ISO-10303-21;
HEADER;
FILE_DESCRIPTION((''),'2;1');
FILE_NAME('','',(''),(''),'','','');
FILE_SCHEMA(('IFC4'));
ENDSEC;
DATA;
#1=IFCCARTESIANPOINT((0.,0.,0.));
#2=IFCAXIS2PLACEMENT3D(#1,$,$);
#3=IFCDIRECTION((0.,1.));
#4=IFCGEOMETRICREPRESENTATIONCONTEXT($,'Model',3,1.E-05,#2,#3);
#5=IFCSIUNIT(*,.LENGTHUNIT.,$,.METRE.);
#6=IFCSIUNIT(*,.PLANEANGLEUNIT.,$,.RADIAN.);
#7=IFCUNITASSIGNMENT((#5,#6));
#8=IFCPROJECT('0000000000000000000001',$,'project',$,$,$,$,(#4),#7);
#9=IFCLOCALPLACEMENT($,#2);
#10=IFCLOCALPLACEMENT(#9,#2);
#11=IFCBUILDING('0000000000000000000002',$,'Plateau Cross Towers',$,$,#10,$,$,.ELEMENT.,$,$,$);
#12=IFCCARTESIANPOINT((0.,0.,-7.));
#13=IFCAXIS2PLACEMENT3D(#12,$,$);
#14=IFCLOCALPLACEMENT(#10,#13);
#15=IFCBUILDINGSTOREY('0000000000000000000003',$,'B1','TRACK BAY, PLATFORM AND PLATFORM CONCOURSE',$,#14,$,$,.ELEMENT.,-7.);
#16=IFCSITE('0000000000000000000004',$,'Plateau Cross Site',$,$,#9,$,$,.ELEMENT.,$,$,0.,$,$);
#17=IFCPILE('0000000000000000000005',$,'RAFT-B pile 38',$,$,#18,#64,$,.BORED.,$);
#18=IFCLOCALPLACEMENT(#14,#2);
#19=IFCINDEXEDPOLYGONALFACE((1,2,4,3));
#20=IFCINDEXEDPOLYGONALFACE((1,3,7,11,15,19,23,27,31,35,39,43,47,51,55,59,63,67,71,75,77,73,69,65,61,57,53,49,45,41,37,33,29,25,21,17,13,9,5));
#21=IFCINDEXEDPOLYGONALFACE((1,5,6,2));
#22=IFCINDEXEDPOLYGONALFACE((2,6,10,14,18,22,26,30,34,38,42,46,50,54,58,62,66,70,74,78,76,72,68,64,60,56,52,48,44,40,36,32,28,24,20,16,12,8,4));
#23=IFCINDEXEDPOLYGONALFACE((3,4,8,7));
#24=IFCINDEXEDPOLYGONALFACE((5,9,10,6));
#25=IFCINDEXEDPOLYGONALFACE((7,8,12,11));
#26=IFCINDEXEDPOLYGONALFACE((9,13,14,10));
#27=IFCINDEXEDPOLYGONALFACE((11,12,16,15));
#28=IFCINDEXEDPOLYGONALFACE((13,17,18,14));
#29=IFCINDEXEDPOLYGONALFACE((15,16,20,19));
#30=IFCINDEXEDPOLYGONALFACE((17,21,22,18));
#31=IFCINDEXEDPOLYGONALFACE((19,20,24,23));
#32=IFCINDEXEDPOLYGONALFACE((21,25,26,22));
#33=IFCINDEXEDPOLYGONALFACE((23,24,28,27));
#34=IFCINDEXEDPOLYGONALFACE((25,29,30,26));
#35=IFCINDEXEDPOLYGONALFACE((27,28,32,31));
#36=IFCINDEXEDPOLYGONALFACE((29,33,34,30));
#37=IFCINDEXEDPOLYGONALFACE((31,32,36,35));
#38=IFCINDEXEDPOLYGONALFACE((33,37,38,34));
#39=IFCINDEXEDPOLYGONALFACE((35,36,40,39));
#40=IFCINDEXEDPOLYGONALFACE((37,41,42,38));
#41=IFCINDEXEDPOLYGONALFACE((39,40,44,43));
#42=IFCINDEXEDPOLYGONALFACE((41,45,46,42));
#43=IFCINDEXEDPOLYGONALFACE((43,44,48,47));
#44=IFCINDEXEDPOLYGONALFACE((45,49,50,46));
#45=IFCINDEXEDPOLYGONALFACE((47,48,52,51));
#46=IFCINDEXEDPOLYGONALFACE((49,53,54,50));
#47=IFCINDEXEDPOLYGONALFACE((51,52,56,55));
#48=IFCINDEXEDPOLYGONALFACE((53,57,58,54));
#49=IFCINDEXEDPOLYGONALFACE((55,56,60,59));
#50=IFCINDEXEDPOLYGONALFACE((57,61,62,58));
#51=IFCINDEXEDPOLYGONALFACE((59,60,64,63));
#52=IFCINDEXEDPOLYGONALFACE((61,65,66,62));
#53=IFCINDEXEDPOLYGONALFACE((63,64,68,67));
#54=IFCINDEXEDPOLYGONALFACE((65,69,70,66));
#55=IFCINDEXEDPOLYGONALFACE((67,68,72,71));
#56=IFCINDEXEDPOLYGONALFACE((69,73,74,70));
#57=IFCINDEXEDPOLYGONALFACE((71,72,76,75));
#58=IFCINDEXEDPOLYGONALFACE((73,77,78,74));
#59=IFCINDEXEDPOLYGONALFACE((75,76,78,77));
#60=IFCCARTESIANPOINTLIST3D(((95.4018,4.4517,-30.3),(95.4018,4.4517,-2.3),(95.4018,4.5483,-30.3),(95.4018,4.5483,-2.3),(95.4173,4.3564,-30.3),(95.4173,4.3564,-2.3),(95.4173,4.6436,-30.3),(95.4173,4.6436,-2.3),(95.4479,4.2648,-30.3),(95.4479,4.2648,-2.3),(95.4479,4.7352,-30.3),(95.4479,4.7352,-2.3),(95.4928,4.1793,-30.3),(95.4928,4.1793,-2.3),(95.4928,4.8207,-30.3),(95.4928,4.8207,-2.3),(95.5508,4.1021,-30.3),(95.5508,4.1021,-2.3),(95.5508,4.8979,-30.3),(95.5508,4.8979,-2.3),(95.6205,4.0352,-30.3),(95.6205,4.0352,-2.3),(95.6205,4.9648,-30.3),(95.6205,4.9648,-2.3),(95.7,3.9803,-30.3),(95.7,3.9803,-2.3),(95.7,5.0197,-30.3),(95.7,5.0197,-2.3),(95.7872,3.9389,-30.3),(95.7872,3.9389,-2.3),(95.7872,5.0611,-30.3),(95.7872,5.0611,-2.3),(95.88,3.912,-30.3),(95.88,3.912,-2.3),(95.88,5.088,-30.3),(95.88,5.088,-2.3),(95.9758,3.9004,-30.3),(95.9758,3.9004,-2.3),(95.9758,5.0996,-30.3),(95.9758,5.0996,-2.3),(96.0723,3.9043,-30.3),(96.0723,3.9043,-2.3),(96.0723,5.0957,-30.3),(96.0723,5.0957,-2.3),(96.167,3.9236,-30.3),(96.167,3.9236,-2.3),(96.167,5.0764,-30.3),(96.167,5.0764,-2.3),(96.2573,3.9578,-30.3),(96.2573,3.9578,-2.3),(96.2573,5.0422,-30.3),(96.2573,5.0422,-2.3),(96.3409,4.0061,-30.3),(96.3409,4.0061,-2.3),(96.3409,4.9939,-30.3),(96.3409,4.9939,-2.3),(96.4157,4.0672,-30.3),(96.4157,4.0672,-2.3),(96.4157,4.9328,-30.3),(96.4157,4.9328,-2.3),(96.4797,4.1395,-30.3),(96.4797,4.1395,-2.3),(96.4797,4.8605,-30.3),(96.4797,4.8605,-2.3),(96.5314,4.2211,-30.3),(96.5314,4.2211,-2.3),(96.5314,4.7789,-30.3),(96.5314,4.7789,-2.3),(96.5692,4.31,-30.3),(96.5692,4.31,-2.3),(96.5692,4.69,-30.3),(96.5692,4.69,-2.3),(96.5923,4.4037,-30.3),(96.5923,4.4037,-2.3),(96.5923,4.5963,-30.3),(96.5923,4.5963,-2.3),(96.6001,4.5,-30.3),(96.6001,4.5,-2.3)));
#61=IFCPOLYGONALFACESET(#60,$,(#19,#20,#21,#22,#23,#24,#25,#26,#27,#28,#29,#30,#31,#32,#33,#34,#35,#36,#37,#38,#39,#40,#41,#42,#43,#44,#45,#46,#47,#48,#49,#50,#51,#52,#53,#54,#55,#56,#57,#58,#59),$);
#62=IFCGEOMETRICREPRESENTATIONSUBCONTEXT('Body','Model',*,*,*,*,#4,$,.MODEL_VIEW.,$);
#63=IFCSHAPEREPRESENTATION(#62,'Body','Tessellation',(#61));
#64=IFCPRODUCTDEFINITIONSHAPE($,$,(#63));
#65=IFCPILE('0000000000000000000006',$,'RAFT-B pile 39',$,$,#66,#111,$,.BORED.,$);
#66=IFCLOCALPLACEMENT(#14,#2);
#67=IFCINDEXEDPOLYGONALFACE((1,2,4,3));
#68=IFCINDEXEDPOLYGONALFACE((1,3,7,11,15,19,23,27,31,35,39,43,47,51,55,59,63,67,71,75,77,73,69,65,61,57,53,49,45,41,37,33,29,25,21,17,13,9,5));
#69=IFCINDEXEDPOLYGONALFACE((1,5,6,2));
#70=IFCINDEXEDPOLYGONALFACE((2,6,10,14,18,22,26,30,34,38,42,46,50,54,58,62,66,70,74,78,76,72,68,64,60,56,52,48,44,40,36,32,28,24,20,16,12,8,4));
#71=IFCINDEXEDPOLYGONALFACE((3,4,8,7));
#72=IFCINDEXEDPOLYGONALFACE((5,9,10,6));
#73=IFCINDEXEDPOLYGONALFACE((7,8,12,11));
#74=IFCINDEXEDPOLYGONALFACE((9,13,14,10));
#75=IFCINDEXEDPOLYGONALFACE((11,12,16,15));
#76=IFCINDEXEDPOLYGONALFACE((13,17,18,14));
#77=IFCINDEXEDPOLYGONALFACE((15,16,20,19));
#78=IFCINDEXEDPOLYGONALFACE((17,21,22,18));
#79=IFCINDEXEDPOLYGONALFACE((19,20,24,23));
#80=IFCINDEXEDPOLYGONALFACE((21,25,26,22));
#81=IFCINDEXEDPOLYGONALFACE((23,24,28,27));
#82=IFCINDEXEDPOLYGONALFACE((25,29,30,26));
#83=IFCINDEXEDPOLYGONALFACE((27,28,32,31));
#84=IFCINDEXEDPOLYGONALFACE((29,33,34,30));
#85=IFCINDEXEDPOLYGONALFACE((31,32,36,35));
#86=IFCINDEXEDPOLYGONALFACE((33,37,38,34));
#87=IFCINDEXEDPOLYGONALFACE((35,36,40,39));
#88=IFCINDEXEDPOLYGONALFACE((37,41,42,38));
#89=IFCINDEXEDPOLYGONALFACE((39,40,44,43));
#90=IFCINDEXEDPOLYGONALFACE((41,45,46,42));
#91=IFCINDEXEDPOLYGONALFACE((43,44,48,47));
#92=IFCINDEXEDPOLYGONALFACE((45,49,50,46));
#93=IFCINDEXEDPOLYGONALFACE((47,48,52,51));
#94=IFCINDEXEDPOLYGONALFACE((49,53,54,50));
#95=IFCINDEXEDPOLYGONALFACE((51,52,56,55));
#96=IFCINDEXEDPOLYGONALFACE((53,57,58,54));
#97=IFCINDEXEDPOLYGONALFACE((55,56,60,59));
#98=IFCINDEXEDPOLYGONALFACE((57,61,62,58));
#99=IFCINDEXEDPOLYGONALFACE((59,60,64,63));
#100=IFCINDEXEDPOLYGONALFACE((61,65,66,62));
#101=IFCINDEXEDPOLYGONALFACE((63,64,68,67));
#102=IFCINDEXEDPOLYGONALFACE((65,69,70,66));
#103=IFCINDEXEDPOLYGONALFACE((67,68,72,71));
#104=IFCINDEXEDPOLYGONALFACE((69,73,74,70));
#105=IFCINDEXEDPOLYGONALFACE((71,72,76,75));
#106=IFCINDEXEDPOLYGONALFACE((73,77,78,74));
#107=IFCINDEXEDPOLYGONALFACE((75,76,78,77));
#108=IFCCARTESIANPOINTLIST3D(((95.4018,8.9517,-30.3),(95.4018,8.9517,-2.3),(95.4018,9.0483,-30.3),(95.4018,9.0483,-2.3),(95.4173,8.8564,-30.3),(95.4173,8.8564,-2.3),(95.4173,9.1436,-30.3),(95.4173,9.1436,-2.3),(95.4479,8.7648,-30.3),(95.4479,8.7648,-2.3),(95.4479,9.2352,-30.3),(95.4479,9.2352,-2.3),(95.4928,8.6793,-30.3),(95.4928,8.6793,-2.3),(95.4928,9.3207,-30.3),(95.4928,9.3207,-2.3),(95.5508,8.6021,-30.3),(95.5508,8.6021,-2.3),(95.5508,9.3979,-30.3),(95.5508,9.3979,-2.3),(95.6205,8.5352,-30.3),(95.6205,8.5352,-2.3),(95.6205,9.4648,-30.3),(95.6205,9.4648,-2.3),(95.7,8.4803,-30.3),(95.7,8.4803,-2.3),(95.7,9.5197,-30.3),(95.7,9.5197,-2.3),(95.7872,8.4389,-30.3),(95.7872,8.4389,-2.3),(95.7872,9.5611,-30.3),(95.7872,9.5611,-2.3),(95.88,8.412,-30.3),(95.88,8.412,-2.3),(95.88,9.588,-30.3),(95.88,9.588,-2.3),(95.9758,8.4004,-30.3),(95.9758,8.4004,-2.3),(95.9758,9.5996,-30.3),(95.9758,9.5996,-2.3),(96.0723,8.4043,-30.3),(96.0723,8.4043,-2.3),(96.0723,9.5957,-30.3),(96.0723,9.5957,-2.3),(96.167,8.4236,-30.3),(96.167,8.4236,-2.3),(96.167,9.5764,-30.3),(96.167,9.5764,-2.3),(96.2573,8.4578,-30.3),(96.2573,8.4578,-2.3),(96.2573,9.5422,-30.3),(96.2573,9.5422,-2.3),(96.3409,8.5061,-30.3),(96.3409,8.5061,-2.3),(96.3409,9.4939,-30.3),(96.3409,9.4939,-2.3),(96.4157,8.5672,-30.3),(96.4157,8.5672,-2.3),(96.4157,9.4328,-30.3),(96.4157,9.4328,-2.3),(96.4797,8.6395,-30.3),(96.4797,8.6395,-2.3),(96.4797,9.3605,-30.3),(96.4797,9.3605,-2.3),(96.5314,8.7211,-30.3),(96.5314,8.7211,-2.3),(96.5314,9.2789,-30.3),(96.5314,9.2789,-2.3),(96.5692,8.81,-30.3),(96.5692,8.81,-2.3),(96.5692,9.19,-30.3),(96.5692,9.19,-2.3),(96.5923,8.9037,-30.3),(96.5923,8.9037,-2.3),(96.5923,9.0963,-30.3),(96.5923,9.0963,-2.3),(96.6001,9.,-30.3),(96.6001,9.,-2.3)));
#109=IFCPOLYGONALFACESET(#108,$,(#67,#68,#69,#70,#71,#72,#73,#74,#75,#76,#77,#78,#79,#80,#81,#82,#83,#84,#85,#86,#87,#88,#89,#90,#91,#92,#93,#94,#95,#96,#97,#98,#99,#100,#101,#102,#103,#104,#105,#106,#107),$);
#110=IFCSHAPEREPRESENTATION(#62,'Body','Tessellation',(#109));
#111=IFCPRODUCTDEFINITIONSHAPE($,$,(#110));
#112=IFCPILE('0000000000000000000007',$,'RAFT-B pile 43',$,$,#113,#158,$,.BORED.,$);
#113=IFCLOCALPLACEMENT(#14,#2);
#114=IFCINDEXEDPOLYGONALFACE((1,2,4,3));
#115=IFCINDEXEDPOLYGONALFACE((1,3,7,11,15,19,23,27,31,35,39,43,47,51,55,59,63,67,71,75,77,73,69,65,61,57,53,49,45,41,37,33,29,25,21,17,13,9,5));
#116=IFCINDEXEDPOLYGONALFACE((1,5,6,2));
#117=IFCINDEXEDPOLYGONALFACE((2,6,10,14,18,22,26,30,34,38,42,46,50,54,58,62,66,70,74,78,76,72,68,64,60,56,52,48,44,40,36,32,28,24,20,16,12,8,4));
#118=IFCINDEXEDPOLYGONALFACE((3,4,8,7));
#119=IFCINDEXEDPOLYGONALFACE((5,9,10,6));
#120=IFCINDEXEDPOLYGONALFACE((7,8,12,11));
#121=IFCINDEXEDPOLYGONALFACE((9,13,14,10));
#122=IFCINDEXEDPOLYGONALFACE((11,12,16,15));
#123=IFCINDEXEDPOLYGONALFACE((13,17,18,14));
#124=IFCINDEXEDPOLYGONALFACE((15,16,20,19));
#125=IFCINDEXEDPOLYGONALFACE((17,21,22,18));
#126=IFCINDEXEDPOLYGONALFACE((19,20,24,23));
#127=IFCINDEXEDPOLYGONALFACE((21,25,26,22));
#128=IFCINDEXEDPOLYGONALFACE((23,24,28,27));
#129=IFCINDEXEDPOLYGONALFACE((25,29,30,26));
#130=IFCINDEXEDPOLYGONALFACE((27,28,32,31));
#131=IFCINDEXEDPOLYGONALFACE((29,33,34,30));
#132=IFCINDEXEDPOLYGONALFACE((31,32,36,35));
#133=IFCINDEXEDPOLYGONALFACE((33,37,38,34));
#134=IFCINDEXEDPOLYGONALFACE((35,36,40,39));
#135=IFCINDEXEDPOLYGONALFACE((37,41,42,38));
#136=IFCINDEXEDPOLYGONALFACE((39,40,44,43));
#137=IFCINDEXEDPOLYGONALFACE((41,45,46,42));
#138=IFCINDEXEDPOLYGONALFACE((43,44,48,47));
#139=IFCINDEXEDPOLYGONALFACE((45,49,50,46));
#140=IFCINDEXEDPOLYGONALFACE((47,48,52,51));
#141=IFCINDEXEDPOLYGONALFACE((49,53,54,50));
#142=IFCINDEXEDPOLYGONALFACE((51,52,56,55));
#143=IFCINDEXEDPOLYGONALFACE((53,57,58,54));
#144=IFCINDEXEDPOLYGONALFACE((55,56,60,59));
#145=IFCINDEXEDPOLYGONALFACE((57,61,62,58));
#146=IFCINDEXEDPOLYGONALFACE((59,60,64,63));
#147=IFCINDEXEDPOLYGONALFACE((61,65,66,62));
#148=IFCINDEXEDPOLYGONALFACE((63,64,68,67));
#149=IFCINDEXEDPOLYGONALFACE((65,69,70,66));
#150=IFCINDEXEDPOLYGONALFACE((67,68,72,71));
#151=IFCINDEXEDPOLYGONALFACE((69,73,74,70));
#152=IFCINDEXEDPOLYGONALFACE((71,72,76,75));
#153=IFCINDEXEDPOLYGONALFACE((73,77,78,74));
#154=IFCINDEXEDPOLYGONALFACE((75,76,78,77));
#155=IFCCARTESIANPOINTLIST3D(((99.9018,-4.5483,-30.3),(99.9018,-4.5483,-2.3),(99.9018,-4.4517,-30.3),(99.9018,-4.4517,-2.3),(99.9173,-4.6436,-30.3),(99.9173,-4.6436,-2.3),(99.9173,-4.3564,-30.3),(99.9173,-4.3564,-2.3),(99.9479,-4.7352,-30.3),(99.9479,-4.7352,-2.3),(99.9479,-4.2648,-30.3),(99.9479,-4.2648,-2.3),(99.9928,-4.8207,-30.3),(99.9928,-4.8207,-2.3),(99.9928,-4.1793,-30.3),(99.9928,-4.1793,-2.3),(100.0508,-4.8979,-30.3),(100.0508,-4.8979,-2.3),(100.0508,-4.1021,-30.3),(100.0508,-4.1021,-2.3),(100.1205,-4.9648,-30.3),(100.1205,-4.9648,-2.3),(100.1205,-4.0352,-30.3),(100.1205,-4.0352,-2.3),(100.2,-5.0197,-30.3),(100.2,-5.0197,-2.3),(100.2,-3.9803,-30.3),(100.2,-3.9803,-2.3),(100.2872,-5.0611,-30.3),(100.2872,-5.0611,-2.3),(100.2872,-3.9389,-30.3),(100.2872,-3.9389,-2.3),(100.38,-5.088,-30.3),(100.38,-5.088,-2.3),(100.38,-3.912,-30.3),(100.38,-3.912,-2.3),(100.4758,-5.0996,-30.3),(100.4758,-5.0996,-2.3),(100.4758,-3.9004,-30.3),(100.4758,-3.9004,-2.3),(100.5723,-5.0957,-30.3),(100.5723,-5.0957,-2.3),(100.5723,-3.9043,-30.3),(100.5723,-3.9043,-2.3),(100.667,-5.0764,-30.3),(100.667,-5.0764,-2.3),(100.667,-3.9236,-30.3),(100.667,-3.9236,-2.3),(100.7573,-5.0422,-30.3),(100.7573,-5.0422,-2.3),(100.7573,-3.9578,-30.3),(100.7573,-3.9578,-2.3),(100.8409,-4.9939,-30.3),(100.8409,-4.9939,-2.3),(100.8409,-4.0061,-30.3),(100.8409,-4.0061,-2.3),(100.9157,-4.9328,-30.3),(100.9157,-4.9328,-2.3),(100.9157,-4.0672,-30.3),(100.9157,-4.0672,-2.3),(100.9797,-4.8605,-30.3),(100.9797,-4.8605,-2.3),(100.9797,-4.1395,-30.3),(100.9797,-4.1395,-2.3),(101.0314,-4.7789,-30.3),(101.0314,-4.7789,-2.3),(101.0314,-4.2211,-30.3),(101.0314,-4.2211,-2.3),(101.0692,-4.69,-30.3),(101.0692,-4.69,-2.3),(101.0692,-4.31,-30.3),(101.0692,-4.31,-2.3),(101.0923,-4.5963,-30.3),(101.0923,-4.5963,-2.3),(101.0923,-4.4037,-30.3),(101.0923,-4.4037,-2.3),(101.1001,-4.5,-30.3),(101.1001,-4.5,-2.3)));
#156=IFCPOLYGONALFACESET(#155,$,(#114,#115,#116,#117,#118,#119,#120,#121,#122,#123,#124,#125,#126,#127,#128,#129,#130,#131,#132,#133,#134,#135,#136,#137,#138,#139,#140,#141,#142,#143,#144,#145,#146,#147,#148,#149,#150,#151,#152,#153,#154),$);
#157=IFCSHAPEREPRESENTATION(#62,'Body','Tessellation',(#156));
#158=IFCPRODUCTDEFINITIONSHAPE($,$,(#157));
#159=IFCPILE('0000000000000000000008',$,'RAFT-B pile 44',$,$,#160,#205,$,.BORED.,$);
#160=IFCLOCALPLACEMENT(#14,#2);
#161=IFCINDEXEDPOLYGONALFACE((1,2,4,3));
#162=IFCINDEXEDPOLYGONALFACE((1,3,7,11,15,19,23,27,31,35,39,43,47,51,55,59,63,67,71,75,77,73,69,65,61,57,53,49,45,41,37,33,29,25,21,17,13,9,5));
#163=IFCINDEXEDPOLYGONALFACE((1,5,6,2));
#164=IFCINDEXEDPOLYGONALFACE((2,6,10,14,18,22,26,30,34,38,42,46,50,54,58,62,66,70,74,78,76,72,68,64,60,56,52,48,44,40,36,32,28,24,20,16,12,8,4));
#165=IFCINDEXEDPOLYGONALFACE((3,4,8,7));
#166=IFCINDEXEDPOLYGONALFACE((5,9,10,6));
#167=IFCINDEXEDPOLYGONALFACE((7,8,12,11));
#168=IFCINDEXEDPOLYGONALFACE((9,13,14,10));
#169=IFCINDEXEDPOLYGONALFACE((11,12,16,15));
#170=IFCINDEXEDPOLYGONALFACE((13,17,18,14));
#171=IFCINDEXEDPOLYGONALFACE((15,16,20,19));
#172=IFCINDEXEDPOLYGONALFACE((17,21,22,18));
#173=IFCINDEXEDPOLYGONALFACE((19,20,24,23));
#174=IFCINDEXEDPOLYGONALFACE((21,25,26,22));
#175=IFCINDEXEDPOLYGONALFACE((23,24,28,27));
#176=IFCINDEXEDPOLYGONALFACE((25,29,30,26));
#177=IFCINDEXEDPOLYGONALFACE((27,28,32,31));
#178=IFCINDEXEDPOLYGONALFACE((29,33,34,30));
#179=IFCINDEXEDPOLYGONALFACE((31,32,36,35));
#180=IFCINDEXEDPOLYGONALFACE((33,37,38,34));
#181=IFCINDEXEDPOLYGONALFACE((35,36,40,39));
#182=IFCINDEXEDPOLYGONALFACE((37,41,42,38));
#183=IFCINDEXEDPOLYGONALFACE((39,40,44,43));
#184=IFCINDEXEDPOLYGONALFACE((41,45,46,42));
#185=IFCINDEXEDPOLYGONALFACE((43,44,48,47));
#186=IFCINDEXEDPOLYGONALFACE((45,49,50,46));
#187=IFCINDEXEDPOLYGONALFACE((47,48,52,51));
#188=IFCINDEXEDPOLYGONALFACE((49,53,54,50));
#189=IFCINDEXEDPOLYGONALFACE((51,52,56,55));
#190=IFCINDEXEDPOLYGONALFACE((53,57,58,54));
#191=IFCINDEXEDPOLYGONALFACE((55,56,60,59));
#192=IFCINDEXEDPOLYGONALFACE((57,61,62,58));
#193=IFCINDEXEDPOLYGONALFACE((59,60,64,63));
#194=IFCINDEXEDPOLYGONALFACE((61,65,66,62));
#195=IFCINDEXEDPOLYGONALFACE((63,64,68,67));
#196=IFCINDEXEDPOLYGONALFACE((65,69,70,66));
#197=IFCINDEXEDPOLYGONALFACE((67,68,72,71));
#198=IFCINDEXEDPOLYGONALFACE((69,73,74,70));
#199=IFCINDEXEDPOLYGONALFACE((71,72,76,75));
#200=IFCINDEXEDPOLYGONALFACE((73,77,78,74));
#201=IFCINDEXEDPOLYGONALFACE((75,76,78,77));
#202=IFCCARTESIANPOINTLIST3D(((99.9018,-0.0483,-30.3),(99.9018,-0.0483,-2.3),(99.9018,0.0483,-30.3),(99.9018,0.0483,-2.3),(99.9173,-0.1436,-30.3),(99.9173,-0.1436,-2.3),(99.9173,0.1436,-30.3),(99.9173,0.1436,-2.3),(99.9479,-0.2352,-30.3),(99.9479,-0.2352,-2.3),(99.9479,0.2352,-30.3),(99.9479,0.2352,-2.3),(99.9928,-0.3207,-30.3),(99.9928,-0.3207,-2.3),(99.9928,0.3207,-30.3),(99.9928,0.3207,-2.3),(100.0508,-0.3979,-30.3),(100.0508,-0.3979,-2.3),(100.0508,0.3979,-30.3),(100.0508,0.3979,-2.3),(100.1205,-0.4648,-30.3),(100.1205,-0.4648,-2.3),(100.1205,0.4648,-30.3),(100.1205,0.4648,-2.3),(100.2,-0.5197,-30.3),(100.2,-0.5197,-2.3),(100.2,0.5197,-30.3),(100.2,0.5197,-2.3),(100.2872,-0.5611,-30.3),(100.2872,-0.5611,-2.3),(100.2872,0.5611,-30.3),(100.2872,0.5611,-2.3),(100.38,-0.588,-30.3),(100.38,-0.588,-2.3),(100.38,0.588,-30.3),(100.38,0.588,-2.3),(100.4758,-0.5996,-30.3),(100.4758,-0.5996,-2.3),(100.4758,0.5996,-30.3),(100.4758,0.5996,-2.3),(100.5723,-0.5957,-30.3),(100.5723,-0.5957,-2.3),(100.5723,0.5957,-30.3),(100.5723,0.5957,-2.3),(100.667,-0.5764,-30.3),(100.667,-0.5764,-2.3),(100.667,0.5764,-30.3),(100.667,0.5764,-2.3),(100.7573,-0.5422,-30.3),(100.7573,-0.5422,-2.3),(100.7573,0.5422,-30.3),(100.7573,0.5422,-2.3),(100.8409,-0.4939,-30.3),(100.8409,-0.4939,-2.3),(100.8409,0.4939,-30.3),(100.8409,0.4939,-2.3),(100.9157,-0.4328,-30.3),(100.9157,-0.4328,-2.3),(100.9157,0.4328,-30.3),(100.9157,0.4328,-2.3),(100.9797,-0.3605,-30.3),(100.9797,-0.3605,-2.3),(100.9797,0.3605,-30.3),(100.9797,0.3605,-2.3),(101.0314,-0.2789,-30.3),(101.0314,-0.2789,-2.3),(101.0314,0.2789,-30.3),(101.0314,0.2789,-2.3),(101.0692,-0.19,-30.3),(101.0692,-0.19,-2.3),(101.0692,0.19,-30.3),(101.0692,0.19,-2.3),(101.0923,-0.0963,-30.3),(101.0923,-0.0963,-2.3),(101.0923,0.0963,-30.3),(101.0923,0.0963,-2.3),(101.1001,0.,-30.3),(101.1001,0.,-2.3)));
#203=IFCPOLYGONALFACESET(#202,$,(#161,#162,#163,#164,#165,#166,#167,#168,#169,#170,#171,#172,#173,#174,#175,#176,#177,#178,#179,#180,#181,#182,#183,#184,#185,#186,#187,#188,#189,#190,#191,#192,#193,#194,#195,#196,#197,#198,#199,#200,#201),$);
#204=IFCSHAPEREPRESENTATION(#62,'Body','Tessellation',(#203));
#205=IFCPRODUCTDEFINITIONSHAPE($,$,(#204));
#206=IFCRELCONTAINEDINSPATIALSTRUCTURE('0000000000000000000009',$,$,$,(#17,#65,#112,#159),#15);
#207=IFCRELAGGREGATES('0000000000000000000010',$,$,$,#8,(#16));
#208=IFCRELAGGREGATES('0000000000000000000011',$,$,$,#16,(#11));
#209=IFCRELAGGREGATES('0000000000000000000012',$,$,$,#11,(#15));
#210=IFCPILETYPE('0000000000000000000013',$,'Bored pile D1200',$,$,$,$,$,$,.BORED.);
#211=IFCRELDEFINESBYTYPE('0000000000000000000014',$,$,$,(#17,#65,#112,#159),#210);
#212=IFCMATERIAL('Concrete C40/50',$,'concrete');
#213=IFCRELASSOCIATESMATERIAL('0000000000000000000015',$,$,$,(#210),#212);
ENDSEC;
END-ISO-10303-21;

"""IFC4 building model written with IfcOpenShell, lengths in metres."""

from ifc_helpers import new_model, si_unit, direction, frame, origin, origin_2d, place, context, subcontext, project, spatial, circle, extrude, material, material_profile, profile_set, type_object, element, save


model = new_model("IFC4")

# Units and contexts
model_context = context("Model", 3, precision=1e-05, world=origin(), true_north=direction((0.0, 1.0)))
body_context = subcontext(model_context, "Body", "Model", "MODEL_VIEW")
ifc_project = project(units=[si_unit("LENGTHUNIT", "METRE"), si_unit("PLANEANGLEUNIT", "RADIAN")], contexts=[model_context])

# Site, building, storey
site_placement = place(None, origin())
site = spatial("IfcSite", under=ifc_project, at=site_placement, Name="Plateau Cross Site", CompositionType="ELEMENT", RefElevation=0.0)
building_placement = place(site_placement, origin())
building = spatial("IfcBuilding", under=site, at=building_placement, Name="Plateau Cross Towers", CompositionType="ELEMENT")
storey_placement = place(building_placement, frame((0.0, 0.0, -7.0)))
storey = spatial("IfcBuildingStorey", under=building, at=storey_placement, Name="B1", Description="TRACK BAY, PLATFORM AND PLATFORM CONCOURSE", CompositionType="ELEMENT", Elevation=-7.0)

# Piles
ifc_material_1 = material(Name="Concrete C40/50", Category="concrete")
ifc_material_profile_1 = material_profile(ifc_material_1, circle(Radius=0.6001, at=origin_2d()), Name="Bored pile D1200")
ifc_profile_set_1 = profile_set([ifc_material_profile_1], Name="Concrete C40/50")
pile_type = type_object("IfcPileType", Name="Bored pile D1200", PredefinedType="BORED", material=ifc_profile_set_1)
for number, where, z_axis, x_axis, name in (
    (1, (96.0, 4.5, -2.3), (0.0, 0.0, -1.0), (1.0, 0.0, 0.0), "RAFT-B pile 38"),
    (2, (96.0, 9.0, -2.3), (0.0, 0.0, -1.0), (1.0, 0.0, 0.0), "RAFT-B pile 39"),
    (3, (100.5, -4.5, -2.3), (0.0, 0.0, -1.0), (1.0, 0.0, 0.0), "RAFT-B pile 43"),
    (4, (100.5, 0.0, -2.3), (0.0, 0.0, -1.0), (1.0, 0.0, 0.0), "RAFT-B pile 44"),
):
    element("IfcPile", number, at=place(storey_placement, frame(where, z_axis=z_axis, x_axis=x_axis)), inside=storey, type_object=pile_type, Name=name, PredefinedType="BORED", context=body_context, shape_type="SweptSolid", body=[
        extrude(circle(Radius=0.6001, at=origin_2d()), origin(), (0.0, 0.0, 1.0), 28.0),
    ])

save(model, "model.ifc")
